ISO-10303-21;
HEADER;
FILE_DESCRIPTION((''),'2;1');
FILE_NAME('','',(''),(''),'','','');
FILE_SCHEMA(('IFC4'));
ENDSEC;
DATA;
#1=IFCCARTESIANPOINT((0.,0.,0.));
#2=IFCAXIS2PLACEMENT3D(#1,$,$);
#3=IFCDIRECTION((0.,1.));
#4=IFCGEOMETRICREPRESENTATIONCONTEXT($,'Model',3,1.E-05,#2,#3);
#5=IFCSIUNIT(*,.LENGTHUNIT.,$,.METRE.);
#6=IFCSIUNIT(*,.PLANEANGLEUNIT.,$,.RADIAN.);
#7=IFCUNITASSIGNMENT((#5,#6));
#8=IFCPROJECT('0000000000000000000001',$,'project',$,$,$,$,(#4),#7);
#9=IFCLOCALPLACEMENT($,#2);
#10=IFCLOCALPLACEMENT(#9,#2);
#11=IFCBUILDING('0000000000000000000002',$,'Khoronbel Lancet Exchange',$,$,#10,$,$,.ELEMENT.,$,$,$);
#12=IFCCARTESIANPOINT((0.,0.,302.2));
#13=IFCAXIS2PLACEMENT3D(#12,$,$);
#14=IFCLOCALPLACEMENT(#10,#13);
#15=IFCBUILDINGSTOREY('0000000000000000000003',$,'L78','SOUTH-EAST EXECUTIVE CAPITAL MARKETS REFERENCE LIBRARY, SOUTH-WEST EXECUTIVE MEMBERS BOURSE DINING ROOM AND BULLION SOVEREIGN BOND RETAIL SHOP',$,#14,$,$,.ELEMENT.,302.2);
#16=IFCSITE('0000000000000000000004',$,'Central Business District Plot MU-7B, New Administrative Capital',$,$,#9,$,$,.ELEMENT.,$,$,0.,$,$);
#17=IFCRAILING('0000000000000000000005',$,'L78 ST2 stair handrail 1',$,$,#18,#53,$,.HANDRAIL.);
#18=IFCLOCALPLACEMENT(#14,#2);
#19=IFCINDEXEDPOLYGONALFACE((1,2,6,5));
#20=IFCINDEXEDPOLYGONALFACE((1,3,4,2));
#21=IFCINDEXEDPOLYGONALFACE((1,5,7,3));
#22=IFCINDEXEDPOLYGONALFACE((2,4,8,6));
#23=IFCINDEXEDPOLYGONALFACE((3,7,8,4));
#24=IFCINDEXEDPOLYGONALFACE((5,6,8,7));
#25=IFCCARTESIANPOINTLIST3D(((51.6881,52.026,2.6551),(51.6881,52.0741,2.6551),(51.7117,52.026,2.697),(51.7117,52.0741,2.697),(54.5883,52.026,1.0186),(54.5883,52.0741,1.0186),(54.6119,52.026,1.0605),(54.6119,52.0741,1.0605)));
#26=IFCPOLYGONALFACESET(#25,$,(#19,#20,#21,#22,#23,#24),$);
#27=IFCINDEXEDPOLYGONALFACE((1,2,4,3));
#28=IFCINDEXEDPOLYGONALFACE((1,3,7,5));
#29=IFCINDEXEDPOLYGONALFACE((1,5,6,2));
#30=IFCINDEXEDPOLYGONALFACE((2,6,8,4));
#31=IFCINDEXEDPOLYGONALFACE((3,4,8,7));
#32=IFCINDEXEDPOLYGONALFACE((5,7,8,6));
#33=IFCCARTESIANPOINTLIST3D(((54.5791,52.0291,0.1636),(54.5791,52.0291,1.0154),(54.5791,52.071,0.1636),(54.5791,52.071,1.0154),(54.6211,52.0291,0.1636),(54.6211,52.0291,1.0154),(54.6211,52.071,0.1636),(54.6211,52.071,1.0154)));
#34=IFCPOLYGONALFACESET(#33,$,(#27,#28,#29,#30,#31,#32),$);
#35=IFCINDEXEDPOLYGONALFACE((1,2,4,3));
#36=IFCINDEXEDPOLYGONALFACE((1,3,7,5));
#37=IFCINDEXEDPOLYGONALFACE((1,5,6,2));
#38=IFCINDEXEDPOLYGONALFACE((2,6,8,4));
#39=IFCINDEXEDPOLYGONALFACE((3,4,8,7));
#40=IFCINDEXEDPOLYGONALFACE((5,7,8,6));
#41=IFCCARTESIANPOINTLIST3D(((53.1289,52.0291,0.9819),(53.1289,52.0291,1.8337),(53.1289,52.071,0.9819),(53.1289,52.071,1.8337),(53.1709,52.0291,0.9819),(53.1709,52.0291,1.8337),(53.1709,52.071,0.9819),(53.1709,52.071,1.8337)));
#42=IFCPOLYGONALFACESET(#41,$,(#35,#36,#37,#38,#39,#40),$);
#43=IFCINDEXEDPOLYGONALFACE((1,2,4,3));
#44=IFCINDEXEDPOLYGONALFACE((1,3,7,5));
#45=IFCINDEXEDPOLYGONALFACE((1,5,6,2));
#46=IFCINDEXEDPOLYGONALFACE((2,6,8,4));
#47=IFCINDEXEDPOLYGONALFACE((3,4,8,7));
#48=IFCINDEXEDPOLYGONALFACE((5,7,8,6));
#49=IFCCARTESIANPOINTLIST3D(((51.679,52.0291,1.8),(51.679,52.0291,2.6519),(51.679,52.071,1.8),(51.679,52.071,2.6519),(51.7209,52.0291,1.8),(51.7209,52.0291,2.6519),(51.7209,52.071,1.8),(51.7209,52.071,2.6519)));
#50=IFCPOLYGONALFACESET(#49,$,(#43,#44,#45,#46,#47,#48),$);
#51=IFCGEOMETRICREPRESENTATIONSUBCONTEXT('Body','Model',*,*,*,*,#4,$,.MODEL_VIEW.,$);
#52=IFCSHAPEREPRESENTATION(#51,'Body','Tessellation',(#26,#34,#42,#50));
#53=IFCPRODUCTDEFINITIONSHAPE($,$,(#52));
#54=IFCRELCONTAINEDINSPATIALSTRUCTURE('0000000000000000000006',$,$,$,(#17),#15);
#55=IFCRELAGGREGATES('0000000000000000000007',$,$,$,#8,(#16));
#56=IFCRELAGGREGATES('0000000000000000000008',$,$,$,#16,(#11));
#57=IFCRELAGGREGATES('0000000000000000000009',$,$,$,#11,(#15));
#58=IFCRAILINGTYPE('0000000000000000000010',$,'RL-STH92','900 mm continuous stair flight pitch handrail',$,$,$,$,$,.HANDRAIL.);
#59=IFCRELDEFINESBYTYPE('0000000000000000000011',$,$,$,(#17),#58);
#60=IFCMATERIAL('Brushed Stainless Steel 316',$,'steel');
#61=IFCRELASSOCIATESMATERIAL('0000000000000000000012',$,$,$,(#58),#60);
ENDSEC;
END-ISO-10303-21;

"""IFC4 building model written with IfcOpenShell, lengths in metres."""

from ifc_helpers import new_model, si_unit, direction, frame, origin, origin_2d, place, context, subcontext, project, spatial, rectangle, extrude, material, type_object, element, save


model = new_model("IFC4")

# Units and contexts
model_context = context("Model", 3, precision=1e-05, world=origin(), true_north=direction((0.0, 1.0)))
body_context = subcontext(model_context, "Body", "Model", "MODEL_VIEW")
ifc_project = project(units=[si_unit("LENGTHUNIT", "METRE"), si_unit("PLANEANGLEUNIT", "RADIAN")], contexts=[model_context])

# Site, building, storey
site_placement = place(None, origin())
site = spatial("IfcSite", under=ifc_project, at=site_placement, Name="Central Business District Plot MU-7B, New Administrative Capital", CompositionType="ELEMENT", RefElevation=0.0)
building_placement = place(site_placement, origin())
building = spatial("IfcBuilding", under=site, at=building_placement, Name="Khoronbel Lancet Exchange", CompositionType="ELEMENT")
storey_placement = place(building_placement, frame((0.0, 0.0, 302.2)))
storey = spatial("IfcBuildingStorey", under=building, at=storey_placement, Name="L78", Description="SOUTH-EAST EXECUTIVE CAPITAL MARKETS REFERENCE LIBRARY, SOUTH-WEST EXECUTIVE MEMBERS BOURSE DINING ROOM AND BULLION SOVEREIGN BOND RETAIL SHOP", CompositionType="ELEMENT", Elevation=302.2)

# Railing
ifc_material_1 = material(Name="Brushed Stainless Steel 316", Category="steel")
railing_type_1 = type_object("IfcRailingType", Name="RL-STH92", Description="900 mm continuous stair flight pitch handrail", PredefinedType="HANDRAIL", material=ifc_material_1)
railing_1_placement = place(storey_placement, frame((54.6001, 52.05, 0.1636)))
element("IfcRailing", 1, at=railing_1_placement, inside=storey, type_object=railing_type_1, Name="L78 ST2 stair handrail 1", PredefinedType="HANDRAIL", context=body_context, shape_type="SweptSolid", body=[
    extrude(rectangle(XDim=0.0481, YDim=0.0481, at=origin_2d()), frame((0.0, 0.0, 0.876), z_axis=(-0.870915, 0.0, 0.491434), x_axis=(0.0, -1.0, 0.0)), (0.0, 0.0, 1.0), 3.3301),
    extrude(rectangle(XDim=0.042, YDim=0.042, at=origin_2d()), origin(), (0.0, 0.0, 1.0), 0.8518),
    extrude(rectangle(XDim=0.042, YDim=0.042, at=origin_2d()), frame((-1.4502, 0.0, 0.8184)), (0.0, 0.0, 1.0), 0.8518),
    extrude(rectangle(XDim=0.042, YDim=0.042, at=origin_2d()), frame((-2.9001, 0.0, 1.6365)), (0.0, 0.0, 1.0), 0.8518),
])

save(model, "model.ifc")
